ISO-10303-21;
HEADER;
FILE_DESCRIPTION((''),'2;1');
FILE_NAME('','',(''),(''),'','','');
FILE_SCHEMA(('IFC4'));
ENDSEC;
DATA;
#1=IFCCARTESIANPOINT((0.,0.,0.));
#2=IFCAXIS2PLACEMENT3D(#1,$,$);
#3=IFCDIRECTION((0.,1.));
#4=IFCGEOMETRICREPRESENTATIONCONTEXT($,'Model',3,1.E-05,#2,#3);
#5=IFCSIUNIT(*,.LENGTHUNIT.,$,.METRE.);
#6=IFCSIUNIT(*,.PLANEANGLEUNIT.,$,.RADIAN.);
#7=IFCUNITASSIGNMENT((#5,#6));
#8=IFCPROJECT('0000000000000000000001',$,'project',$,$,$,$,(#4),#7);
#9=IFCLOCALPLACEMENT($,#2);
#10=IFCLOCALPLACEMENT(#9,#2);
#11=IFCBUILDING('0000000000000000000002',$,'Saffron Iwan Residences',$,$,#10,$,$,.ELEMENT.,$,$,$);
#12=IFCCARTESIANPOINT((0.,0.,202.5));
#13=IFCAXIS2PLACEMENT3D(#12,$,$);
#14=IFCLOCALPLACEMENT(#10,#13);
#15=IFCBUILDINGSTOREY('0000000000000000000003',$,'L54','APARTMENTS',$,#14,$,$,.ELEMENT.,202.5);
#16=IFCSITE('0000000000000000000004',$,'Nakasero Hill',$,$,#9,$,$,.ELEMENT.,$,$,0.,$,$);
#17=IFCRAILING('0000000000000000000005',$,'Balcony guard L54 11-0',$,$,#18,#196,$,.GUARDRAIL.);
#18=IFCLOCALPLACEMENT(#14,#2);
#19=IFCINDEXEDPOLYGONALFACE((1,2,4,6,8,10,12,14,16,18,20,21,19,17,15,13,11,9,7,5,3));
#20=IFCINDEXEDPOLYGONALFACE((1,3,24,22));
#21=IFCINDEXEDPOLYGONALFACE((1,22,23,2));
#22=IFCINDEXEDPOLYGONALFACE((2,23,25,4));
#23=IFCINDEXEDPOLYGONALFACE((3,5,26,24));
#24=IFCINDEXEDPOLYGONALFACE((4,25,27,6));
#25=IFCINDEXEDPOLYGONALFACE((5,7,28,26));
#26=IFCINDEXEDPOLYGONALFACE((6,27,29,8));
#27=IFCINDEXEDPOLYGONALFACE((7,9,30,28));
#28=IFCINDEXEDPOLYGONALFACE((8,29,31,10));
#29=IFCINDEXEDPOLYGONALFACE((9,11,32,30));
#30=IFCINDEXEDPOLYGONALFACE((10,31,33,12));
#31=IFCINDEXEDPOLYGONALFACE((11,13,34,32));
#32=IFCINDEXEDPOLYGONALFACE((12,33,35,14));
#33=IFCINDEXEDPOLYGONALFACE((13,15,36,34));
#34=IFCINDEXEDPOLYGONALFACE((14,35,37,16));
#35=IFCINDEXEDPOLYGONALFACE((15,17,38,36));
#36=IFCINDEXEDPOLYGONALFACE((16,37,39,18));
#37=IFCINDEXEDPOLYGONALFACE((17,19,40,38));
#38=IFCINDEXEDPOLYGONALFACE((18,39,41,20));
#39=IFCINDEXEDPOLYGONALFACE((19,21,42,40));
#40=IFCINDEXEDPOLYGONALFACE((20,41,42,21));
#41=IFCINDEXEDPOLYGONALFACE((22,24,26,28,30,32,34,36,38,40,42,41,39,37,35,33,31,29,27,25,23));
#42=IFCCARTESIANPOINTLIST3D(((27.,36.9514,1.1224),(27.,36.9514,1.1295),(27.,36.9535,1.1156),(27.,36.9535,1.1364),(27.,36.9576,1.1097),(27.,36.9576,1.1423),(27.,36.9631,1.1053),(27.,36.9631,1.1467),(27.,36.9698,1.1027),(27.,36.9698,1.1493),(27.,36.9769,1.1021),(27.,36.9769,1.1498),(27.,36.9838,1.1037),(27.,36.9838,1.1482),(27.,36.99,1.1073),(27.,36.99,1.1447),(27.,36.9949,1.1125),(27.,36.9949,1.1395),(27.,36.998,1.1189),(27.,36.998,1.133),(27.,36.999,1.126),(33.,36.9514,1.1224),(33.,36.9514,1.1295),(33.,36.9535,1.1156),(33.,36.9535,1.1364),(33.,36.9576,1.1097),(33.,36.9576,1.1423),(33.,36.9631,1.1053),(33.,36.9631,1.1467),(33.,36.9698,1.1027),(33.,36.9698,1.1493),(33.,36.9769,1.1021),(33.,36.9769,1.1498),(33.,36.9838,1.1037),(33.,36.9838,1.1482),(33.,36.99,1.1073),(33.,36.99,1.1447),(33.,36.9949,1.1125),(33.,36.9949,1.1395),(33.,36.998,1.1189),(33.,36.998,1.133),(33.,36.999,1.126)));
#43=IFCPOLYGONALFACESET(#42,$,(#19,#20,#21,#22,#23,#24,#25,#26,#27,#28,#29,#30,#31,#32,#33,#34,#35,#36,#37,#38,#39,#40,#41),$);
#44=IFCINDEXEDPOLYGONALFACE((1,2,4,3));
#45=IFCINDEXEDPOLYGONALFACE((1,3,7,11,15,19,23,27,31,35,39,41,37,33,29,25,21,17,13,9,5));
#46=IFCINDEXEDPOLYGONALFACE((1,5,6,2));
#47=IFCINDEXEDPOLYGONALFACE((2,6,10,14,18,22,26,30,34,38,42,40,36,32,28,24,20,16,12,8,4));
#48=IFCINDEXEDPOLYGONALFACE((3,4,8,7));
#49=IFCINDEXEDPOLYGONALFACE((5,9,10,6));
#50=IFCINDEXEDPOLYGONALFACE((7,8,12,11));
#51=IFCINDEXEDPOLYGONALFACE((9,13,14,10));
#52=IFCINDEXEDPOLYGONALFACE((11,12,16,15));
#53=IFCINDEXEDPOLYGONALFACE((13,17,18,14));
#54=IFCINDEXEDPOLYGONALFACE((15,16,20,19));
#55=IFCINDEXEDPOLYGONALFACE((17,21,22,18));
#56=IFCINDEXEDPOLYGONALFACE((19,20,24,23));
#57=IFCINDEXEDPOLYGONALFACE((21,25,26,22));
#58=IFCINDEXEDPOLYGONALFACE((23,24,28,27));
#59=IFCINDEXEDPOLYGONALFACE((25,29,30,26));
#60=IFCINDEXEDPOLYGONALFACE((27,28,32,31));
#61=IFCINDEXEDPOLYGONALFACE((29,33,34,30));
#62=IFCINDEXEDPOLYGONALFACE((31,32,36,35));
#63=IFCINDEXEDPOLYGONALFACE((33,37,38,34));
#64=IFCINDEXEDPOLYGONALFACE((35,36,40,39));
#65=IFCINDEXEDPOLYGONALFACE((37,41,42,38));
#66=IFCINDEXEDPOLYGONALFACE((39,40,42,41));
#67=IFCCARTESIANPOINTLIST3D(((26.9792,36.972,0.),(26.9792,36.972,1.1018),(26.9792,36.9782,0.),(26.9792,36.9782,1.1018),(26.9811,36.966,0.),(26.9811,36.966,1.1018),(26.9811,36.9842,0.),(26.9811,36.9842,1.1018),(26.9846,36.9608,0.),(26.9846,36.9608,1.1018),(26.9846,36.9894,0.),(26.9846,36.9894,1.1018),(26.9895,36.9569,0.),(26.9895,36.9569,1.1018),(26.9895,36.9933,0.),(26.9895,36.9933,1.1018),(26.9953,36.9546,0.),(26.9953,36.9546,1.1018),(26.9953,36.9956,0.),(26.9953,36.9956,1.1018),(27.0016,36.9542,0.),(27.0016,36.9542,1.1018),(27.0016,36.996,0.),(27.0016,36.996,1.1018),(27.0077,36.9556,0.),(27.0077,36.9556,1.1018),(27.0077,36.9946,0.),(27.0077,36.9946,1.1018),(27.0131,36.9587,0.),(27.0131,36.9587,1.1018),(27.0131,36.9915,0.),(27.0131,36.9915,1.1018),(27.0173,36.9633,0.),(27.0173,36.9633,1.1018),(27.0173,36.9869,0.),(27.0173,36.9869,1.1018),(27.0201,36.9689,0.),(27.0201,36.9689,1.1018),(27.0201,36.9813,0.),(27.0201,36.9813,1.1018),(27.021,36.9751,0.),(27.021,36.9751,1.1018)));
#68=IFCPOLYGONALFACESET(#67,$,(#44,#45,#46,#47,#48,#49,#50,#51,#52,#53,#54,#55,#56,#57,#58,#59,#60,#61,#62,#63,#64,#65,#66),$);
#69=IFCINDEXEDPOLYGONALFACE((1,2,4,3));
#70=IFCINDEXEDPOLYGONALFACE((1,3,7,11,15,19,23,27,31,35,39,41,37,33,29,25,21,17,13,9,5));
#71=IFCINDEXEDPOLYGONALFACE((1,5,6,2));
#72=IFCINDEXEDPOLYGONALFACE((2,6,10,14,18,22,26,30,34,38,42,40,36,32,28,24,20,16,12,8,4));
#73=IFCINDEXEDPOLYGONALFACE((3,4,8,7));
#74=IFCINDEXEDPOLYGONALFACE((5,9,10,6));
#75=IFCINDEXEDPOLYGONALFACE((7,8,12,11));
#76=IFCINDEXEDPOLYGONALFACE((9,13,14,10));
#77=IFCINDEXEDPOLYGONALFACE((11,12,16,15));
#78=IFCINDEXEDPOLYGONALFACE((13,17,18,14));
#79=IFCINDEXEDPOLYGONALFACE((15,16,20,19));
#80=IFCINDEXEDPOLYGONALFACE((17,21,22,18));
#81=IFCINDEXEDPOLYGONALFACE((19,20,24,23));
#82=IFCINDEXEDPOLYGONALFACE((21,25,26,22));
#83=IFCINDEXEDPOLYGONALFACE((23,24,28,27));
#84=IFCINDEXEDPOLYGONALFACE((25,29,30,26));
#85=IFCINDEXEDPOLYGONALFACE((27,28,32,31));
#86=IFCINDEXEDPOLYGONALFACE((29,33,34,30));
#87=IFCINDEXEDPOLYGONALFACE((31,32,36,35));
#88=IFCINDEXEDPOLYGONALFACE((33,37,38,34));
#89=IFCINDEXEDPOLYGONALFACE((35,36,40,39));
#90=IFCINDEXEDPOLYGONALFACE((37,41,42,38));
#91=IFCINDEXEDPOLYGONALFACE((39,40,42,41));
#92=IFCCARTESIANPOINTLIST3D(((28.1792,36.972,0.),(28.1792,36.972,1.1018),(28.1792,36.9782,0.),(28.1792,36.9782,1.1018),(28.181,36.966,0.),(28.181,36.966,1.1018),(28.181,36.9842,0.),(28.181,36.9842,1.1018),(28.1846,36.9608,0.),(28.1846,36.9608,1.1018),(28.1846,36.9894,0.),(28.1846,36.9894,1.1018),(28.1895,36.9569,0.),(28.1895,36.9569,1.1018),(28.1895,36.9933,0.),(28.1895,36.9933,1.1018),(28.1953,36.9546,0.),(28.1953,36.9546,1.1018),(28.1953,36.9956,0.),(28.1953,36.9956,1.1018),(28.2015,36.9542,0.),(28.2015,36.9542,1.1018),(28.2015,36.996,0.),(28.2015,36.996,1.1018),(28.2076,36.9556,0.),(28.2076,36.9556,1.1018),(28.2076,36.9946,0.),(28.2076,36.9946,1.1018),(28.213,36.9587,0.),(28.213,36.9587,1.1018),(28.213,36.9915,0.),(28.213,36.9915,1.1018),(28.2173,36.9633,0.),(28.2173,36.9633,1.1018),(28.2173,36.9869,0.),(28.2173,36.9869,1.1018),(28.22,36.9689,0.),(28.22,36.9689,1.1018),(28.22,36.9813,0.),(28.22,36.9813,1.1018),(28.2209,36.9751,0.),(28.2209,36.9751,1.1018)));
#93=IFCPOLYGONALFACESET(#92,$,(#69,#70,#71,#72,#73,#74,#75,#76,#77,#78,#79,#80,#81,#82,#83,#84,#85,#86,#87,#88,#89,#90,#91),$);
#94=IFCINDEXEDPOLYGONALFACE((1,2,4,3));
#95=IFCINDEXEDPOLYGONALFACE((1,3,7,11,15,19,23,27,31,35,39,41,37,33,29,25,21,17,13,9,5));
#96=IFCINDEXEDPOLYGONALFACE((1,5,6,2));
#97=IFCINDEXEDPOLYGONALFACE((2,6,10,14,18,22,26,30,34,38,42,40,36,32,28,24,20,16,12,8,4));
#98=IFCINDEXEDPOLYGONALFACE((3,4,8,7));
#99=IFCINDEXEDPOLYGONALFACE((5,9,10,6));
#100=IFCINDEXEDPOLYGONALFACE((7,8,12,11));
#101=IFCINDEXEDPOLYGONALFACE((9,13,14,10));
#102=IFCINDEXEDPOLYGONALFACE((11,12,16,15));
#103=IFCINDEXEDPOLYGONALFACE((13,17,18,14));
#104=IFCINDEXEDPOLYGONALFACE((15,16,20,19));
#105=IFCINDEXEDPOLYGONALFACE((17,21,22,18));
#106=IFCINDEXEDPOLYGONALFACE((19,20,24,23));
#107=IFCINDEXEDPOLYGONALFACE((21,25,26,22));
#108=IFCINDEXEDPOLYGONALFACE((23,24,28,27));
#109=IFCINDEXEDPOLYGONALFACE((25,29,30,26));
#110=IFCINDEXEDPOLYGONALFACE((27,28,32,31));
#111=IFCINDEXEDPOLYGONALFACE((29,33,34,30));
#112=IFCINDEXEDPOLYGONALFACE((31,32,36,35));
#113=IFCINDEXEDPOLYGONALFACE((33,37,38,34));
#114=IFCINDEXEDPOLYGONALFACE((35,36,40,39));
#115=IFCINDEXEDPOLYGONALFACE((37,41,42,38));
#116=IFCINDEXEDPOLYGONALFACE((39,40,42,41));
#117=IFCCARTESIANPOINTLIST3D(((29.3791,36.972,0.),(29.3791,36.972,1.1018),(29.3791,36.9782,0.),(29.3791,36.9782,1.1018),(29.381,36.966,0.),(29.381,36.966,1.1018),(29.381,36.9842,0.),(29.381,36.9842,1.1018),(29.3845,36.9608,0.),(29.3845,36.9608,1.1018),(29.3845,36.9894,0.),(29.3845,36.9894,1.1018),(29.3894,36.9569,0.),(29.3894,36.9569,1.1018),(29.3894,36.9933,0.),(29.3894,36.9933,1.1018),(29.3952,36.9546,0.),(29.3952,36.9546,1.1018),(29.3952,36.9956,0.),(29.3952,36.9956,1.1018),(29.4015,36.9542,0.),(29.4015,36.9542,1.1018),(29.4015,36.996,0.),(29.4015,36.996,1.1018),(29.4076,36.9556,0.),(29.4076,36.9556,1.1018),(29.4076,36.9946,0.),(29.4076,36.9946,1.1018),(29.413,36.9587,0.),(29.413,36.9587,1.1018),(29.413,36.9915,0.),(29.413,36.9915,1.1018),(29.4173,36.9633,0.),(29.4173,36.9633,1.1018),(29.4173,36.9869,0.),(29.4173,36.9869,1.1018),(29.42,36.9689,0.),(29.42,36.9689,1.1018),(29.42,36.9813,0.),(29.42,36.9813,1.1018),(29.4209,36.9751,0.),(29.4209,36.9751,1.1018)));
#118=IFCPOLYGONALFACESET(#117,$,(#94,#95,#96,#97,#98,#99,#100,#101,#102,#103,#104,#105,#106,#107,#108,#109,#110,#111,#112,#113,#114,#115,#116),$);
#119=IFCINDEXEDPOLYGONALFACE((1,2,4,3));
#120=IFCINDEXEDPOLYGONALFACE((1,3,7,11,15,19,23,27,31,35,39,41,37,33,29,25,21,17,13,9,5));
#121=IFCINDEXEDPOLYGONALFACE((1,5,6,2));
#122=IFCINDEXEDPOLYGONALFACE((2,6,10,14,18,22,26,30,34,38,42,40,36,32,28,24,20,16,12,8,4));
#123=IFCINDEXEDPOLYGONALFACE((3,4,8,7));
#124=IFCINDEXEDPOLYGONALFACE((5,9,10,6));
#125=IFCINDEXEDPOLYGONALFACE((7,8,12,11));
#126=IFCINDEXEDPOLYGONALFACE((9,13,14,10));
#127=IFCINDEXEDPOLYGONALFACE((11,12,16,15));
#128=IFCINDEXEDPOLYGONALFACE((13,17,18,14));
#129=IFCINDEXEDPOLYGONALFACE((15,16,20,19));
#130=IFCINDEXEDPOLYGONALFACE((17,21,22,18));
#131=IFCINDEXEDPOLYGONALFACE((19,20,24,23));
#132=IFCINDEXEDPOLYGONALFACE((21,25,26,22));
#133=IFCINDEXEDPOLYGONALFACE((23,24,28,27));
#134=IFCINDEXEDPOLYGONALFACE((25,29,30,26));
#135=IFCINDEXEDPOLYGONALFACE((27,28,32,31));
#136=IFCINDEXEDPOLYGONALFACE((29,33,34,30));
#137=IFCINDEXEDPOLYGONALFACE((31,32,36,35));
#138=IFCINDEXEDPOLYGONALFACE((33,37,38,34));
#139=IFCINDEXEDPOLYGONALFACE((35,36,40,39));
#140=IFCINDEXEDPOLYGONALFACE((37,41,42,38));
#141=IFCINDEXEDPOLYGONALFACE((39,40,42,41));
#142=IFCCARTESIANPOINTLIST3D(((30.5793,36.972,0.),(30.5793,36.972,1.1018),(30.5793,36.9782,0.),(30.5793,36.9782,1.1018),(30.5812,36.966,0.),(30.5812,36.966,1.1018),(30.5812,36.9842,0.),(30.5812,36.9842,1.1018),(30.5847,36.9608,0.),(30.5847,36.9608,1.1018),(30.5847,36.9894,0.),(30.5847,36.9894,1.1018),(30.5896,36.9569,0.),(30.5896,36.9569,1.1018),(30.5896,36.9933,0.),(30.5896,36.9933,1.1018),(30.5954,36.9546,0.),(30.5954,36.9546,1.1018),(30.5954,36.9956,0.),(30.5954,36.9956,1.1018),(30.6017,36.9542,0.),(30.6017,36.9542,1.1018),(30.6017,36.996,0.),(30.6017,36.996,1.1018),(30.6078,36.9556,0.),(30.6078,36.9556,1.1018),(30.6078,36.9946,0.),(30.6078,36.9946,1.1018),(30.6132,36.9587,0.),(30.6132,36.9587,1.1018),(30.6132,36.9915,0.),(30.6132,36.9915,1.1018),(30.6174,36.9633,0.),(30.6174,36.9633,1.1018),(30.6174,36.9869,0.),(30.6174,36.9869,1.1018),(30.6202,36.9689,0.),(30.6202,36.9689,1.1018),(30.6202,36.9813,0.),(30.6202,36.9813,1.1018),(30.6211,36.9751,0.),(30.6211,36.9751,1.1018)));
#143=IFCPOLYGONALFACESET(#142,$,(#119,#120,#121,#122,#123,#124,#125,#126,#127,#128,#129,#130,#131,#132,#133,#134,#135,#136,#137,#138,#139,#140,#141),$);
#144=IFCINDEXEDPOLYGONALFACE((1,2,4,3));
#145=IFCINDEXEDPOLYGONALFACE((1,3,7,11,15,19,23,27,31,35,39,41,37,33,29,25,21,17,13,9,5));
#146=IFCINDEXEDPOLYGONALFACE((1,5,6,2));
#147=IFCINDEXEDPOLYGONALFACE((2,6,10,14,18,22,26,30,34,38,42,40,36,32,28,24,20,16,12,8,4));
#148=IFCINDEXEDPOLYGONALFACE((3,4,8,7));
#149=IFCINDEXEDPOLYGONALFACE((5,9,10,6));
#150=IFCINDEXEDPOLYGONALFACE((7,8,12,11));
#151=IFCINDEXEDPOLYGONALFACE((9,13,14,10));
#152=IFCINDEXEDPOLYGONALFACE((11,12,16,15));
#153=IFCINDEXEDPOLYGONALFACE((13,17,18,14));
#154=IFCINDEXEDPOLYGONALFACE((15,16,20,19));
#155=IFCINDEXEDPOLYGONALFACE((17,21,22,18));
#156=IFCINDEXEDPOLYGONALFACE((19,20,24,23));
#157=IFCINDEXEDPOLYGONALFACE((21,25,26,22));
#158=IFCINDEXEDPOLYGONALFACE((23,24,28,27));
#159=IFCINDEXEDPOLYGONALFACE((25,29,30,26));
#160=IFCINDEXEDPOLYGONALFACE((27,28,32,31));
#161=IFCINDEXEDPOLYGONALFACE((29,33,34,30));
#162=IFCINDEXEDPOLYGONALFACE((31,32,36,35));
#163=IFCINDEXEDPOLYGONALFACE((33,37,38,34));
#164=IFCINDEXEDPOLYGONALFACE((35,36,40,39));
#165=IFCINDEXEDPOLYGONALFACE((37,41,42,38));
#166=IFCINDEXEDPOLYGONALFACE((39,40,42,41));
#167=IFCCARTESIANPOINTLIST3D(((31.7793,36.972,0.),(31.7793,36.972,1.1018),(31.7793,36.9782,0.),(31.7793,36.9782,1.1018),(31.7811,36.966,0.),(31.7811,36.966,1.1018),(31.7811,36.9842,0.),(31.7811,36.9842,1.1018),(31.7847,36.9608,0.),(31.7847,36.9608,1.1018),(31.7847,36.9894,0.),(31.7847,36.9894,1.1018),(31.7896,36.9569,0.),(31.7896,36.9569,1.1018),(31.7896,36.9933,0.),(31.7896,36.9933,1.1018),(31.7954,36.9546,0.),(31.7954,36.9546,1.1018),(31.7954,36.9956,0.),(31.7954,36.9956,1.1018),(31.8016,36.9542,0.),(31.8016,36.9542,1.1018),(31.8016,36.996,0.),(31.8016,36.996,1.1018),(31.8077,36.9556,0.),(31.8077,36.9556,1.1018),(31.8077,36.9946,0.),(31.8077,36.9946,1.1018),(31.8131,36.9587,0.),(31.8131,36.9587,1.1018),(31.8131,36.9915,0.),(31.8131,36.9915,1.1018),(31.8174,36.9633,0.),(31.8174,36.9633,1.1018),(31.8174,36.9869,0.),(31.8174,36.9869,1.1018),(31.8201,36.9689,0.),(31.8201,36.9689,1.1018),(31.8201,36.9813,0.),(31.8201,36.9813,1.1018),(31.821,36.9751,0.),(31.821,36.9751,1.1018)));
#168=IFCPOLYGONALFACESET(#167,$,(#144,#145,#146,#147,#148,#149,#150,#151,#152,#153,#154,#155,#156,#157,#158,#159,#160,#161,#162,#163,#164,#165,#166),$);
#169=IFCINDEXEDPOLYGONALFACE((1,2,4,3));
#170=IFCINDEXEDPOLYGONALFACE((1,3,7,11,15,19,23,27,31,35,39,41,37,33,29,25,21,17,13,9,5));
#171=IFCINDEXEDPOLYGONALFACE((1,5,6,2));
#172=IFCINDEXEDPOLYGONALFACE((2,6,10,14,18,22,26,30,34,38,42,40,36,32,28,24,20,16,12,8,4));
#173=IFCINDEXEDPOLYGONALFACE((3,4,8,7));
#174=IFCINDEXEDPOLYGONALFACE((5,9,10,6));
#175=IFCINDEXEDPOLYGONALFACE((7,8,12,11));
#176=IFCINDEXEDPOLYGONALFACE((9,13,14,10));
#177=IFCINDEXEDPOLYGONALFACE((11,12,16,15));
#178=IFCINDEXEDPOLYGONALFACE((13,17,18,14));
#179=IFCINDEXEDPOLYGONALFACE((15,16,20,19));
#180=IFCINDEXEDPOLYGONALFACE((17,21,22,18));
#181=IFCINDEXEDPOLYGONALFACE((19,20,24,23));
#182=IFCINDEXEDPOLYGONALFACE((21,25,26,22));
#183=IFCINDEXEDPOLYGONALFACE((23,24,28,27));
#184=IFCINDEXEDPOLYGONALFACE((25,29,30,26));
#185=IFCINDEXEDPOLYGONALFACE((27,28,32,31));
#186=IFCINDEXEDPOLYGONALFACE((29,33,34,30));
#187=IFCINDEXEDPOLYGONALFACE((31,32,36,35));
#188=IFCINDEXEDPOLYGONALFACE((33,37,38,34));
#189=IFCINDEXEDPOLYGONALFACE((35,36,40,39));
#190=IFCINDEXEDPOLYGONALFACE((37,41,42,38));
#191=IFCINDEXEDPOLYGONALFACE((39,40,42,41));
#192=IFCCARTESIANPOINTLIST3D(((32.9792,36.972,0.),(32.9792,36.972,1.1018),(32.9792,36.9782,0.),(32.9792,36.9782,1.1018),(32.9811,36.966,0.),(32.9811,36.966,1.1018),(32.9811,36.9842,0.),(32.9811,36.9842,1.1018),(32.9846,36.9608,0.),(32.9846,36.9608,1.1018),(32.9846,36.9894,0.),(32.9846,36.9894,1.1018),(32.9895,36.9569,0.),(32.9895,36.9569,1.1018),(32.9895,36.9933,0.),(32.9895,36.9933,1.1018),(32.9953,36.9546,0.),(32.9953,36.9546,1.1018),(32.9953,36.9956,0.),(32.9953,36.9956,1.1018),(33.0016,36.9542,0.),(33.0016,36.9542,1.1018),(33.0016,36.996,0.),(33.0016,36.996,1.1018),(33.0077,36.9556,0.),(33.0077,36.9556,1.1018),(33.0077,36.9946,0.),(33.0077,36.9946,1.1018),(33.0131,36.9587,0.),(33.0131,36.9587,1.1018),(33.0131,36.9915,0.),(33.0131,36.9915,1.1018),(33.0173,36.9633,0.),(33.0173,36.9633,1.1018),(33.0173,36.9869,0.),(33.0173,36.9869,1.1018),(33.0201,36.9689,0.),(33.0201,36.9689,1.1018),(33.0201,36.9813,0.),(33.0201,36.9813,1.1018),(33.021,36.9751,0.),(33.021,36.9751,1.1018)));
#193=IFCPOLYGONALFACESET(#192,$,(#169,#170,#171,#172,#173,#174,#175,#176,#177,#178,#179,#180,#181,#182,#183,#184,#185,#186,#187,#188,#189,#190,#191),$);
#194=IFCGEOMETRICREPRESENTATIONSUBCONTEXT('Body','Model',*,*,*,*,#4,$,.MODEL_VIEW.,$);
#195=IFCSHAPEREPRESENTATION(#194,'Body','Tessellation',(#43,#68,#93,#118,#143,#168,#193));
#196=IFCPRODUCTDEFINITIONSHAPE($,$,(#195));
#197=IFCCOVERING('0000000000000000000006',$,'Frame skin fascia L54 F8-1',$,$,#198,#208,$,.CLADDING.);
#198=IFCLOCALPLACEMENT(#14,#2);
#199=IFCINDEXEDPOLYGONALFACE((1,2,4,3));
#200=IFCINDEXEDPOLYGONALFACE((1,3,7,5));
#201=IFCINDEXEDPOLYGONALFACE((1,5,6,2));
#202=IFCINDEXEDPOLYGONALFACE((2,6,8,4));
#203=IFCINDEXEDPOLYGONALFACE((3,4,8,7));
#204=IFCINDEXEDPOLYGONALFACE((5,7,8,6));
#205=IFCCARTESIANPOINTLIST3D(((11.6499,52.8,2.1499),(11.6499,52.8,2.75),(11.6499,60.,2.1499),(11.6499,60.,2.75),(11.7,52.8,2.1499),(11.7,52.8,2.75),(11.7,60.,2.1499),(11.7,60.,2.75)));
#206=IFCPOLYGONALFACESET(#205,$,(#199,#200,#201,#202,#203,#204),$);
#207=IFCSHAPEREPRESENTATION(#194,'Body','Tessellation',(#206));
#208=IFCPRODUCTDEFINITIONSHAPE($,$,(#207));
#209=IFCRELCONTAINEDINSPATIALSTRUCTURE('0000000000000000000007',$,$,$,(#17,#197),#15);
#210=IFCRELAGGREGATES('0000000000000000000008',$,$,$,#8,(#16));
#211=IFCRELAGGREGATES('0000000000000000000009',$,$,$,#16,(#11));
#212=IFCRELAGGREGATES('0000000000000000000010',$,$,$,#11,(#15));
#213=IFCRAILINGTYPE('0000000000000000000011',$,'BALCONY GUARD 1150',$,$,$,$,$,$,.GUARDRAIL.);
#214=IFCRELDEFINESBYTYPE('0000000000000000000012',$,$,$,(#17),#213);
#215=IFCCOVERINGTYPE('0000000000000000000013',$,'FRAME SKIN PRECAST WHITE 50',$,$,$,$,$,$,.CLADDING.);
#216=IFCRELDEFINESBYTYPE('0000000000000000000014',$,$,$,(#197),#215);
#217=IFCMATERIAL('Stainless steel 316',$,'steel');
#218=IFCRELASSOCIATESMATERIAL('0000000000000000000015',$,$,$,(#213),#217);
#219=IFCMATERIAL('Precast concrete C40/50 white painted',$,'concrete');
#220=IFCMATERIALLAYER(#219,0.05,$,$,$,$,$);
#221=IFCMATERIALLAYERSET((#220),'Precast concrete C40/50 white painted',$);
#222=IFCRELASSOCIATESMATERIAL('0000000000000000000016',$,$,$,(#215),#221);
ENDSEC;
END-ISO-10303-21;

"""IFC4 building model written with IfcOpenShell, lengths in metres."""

from ifc_helpers import new_model, si_unit, direction, frame, origin, origin_2d, place, context, subcontext, project, spatial, polyline, circle, outline, extrude, material, layer, layer_set, type_object, element, save


model = new_model("IFC4")

# Units and contexts
model_context = context("Model", 3, precision=1e-05, world=origin(), true_north=direction((0.0, 1.0)))
body_context = subcontext(model_context, "Body", "Model", "MODEL_VIEW")
ifc_project = project(units=[si_unit("LENGTHUNIT", "METRE"), si_unit("PLANEANGLEUNIT", "RADIAN")], contexts=[model_context])

# Site, building, storey
site_placement = place(None, origin())
site = spatial("IfcSite", under=ifc_project, at=site_placement, Name="Nakasero Hill", CompositionType="ELEMENT", RefElevation=0.0)
building_placement = place(site_placement, origin())
building = spatial("IfcBuilding", under=site, at=building_placement, Name="Saffron Iwan Residences", CompositionType="ELEMENT")
storey_placement = place(building_placement, frame((0.0, 0.0, 202.5)))
storey = spatial("IfcBuildingStorey", under=building, at=storey_placement, Name="L54", Description="APARTMENTS", CompositionType="ELEMENT", Elevation=202.5)

# Railing
ifc_material_1 = material(Name="Stainless steel 316", Category="steel")
railing_type = type_object("IfcRailingType", Name="BALCONY GUARD 1150", PredefinedType="GUARDRAIL", material=ifc_material_1)
railing_placement = place(storey_placement, frame((27.0, 36.9751, 0.0)))
element("IfcRailing", 1, at=railing_placement, inside=storey, type_object=railing_type, Name="Balcony guard L54 11-0", PredefinedType="GUARDRAIL", context=body_context, shape_type="SweptSolid", body=[
    extrude(circle(Radius=0.0239, at=origin_2d()), frame((0.0, 0.0, 1.126), z_axis=(1.0, 0.0, 0.0), x_axis=(0.0, 1.0, 0.0)), (0.0, 0.0, 1.0), 6.0),
    extrude(circle(Radius=0.021, at=origin_2d()), origin(), (0.0, 0.0, 1.0), 1.1018),
    extrude(circle(Radius=0.021, at=origin_2d()), frame((1.2, 0.0, 0.0)), (0.0, 0.0, 1.0), 1.1018),
    extrude(circle(Radius=0.021, at=origin_2d()), frame((2.3999, 0.0, 0.0)), (0.0, 0.0, 1.0), 1.1018),
    extrude(circle(Radius=0.021, at=origin_2d()), frame((3.6001, 0.0, 0.0)), (0.0, 0.0, 1.0), 1.1018),
    extrude(circle(Radius=0.021, at=origin_2d()), frame((4.8, 0.0, 0.0)), (0.0, 0.0, 1.0), 1.1018),
    extrude(circle(Radius=0.021, at=origin_2d()), frame((6.0, 0.0, 0.0)), (0.0, 0.0, 1.0), 1.1018),
])

# Covering
ifc_material_2 = material(Name="Precast concrete C40/50 white painted", Category="concrete")
ifc_layer_1 = layer(ifc_material_2, 0.05)
ifc_layer_set_1 = layer_set([ifc_layer_1], Name="Precast concrete C40/50 white painted")
covering_type = type_object("IfcCoveringType", Name="FRAME SKIN PRECAST WHITE 50", PredefinedType="CLADDING", material=ifc_layer_set_1)
covering_1_placement = place(storey_placement, frame((0.0, 0.0, 2.1499)))
element("IfcCovering", 2, at=covering_1_placement, inside=storey, type_object=covering_type, Name="Frame skin fascia L54 F8-1", PredefinedType="CLADDING", context=body_context, shape_type="SweptSolid", body=[
    extrude(outline(polyline([(11.6499, 60.0), (11.6499, 52.8), (11.7, 52.8), (11.7, 60.0), (11.6499, 60.0)])), origin(), (0.0, 0.0, 1.0), 0.6001),
])

save(model, "model.ifc")
